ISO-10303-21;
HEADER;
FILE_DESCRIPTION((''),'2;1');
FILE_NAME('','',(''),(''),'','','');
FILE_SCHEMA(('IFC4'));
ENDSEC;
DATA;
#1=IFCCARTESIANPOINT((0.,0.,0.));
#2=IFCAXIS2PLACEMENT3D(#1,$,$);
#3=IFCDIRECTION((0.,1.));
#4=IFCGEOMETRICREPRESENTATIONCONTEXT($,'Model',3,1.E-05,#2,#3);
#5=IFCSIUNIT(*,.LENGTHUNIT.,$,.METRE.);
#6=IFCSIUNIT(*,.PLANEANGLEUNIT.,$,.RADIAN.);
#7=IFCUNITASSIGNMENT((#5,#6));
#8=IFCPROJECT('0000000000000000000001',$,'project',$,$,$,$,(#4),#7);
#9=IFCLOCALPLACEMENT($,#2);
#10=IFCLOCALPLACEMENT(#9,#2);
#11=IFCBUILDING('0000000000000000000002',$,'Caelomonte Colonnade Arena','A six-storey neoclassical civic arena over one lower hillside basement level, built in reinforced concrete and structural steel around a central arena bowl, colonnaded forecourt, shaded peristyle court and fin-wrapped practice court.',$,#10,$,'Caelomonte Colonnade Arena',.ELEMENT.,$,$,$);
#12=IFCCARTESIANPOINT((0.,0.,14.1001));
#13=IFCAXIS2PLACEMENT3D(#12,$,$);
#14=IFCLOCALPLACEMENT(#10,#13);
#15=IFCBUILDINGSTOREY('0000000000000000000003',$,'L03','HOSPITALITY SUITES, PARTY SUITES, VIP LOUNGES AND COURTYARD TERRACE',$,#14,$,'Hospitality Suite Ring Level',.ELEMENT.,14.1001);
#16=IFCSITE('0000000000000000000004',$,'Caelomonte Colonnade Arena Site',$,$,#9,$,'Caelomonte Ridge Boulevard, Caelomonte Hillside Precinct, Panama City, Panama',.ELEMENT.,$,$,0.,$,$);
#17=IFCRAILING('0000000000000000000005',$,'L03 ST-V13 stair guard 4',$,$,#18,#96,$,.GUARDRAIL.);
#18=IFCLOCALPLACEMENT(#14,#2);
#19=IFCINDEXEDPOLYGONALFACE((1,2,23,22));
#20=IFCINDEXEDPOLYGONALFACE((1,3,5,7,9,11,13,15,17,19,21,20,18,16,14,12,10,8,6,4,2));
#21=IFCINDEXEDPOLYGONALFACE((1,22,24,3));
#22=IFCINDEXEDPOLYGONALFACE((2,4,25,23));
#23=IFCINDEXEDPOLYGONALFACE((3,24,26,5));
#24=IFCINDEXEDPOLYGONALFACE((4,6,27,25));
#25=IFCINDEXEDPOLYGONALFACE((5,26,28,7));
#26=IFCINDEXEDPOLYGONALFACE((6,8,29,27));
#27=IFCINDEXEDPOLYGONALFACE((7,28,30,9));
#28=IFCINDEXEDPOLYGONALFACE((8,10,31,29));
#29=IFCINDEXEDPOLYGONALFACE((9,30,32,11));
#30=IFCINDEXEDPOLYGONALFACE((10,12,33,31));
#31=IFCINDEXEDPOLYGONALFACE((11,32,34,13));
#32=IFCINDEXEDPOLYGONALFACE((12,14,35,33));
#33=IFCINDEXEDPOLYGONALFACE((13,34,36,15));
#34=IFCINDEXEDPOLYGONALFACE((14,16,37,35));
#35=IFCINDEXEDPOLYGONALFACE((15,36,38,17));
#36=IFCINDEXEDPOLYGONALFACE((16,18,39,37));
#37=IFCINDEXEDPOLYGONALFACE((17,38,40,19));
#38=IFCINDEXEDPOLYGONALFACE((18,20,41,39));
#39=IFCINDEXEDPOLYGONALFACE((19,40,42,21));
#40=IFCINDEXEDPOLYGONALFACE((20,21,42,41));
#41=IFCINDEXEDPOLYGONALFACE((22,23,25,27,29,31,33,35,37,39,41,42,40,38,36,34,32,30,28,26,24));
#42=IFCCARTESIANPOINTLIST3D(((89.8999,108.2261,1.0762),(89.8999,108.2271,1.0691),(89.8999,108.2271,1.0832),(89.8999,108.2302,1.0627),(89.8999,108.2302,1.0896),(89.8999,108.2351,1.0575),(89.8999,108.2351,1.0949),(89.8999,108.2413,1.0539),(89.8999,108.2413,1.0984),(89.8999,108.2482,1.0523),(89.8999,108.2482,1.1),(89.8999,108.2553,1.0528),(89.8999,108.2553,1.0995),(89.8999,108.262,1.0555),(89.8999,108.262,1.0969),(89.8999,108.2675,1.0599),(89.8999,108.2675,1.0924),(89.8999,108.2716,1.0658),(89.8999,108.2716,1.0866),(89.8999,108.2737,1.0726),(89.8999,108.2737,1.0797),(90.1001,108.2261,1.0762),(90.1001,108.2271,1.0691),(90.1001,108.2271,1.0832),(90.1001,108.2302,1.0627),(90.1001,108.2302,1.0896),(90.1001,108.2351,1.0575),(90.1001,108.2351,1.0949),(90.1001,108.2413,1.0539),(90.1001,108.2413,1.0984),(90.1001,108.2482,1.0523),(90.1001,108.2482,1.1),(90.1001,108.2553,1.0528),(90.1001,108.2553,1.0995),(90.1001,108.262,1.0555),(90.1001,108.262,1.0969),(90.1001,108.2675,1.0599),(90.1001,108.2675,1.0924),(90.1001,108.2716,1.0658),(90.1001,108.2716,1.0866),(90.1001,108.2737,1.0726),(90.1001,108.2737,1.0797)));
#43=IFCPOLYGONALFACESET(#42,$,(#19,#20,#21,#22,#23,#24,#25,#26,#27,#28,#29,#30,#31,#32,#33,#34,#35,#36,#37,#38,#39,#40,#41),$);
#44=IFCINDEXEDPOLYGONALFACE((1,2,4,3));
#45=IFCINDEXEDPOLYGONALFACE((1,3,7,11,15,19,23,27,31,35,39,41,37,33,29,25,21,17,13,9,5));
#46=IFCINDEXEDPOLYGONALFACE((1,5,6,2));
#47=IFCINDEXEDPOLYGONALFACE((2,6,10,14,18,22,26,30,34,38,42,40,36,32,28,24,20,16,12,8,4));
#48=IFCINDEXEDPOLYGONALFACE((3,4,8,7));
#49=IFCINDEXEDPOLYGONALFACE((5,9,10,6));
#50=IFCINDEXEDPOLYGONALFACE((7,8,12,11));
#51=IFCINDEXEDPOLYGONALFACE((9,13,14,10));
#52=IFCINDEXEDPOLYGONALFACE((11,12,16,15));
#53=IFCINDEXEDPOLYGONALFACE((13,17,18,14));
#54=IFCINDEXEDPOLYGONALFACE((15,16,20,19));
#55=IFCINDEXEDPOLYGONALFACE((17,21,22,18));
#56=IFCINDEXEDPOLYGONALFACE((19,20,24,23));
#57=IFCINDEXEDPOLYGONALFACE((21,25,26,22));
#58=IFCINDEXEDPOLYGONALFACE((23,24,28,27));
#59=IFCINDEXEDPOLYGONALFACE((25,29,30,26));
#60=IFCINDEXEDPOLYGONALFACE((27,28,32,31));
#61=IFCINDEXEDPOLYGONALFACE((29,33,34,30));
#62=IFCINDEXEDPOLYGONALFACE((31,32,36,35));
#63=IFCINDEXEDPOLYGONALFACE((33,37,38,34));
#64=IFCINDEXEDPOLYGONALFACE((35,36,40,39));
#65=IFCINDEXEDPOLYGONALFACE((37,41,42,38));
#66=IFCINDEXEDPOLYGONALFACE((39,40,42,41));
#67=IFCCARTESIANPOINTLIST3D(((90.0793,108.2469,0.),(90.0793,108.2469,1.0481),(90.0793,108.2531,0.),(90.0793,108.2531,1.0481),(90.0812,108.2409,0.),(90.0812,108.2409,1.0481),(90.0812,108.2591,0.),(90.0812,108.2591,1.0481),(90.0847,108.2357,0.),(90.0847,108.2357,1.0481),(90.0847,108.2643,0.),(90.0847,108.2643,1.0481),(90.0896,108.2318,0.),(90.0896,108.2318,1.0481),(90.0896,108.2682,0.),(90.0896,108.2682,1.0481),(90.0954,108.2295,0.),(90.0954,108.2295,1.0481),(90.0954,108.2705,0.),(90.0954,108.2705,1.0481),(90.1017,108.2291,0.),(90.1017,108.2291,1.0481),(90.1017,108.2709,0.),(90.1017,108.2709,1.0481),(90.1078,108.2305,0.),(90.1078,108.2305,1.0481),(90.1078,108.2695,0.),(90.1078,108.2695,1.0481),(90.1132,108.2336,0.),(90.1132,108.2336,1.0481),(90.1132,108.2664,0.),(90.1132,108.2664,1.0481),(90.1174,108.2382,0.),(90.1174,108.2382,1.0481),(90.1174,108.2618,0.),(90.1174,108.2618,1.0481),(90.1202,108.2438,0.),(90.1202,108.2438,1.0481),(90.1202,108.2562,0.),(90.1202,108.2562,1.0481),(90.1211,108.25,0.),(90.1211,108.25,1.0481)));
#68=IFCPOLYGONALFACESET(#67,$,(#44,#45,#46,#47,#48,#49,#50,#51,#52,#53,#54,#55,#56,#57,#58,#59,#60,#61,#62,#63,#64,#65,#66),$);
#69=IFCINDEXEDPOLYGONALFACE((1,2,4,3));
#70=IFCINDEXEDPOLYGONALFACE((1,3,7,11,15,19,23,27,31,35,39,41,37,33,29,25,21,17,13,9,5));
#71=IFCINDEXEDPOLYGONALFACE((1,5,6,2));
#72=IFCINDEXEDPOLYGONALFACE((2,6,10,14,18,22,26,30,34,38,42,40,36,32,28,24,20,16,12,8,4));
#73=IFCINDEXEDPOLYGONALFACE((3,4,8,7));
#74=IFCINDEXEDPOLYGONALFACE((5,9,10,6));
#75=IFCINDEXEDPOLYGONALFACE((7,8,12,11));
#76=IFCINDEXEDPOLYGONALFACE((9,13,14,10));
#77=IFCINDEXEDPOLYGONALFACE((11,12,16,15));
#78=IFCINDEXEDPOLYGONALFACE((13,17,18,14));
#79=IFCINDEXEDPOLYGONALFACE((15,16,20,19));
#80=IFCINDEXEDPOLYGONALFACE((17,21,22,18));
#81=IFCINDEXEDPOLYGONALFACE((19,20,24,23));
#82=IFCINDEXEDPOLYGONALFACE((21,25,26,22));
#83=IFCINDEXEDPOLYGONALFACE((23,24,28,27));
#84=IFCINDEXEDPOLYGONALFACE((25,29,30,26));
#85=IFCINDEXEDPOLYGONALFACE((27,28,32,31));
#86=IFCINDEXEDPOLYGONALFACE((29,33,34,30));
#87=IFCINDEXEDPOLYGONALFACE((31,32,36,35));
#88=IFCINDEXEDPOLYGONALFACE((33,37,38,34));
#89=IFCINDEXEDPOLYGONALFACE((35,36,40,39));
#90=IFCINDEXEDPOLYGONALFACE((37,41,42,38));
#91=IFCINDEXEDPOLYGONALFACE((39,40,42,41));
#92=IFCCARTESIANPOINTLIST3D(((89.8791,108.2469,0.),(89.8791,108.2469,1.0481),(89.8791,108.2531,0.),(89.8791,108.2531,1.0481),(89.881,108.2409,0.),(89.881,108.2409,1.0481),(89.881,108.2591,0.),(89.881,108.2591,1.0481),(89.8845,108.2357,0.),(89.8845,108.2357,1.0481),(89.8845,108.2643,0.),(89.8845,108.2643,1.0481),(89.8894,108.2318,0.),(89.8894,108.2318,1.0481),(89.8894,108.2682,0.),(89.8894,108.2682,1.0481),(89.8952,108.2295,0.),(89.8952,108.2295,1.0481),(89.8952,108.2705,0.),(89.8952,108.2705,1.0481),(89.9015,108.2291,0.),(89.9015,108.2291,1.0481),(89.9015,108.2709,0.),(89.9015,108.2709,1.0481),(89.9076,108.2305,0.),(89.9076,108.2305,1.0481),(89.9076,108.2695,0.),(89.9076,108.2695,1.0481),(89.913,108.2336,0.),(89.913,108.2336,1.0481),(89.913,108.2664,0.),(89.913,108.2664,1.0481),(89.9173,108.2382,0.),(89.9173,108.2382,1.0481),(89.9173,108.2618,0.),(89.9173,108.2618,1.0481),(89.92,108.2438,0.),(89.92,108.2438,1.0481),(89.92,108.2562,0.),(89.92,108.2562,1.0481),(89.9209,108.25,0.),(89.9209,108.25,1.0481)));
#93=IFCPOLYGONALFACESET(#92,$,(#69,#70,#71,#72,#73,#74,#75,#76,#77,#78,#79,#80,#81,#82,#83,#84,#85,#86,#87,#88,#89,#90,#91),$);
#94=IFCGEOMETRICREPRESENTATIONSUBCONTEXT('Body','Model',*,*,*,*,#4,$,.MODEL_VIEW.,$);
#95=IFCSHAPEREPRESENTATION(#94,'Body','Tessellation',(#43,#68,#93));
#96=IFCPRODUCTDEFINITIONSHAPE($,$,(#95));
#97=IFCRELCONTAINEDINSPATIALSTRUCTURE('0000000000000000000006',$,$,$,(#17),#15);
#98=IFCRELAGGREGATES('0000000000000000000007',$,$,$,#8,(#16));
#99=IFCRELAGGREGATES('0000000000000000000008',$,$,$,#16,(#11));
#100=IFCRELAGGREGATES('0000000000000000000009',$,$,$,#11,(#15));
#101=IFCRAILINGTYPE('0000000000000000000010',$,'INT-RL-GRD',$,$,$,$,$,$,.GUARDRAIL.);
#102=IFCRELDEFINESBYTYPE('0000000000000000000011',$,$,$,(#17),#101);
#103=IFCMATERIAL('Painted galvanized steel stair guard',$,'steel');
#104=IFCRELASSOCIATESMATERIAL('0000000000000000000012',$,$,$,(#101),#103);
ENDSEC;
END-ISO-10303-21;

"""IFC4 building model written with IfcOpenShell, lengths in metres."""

from ifc_helpers import new_model, si_unit, direction, frame, origin, origin_2d, place, context, subcontext, project, spatial, circle, extrude, material, type_object, element, save


model = new_model("IFC4")

# Units and contexts
model_context = context("Model", 3, precision=1e-05, world=origin(), true_north=direction((0.0, 1.0)))
body_context = subcontext(model_context, "Body", "Model", "MODEL_VIEW")
ifc_project = project(units=[si_unit("LENGTHUNIT", "METRE"), si_unit("PLANEANGLEUNIT", "RADIAN")], contexts=[model_context])

# Site, building, storey
site_placement = place(None, origin())
site = spatial("IfcSite", under=ifc_project, at=site_placement, Name="Caelomonte Colonnade Arena Site", LongName="Caelomonte Ridge Boulevard, Caelomonte Hillside Precinct, Panama City, Panama", CompositionType="ELEMENT", RefElevation=0.0)
building_placement = place(site_placement, origin())
building = spatial("IfcBuilding", under=site, at=building_placement, Name="Caelomonte Colonnade Arena", Description="A six-storey neoclassical civic arena over one lower hillside basement level, built in reinforced concrete and structural steel around a central arena bowl, colonnaded forecourt, shaded peristyle court and fin-wrapped practice court.", LongName="Caelomonte Colonnade Arena", CompositionType="ELEMENT")
storey_placement = place(building_placement, frame((0.0, 0.0, 14.1001)))
storey = spatial("IfcBuildingStorey", under=building, at=storey_placement, Name="L03", Description="HOSPITALITY SUITES, PARTY SUITES, VIP LOUNGES AND COURTYARD TERRACE", LongName="Hospitality Suite Ring Level", CompositionType="ELEMENT", Elevation=14.1001)

# Railing
ifc_material_1 = material(Name="Painted galvanized steel stair guard", Category="steel")
railing_type_1 = type_object("IfcRailingType", Name="INT-RL-GRD", PredefinedType="GUARDRAIL", material=ifc_material_1)
railing_1_placement = place(storey_placement, frame((90.1001, 108.25, 0.0)))
element("IfcRailing", 1, at=railing_1_placement, inside=storey, type_object=railing_type_1, Name="L03 ST-V13 stair guard 4", PredefinedType="GUARDRAIL", context=body_context, shape_type="SweptSolid", body=[
    extrude(circle(Radius=0.0239, at=origin_2d()), frame((0.0, 0.0, 1.0762), z_axis=(-1.0, 0.0, 0.0), x_axis=(0.0, -1.0, 0.0)), (0.0, 0.0, 1.0), 0.2002),
    extrude(circle(Radius=0.021, at=origin_2d()), origin(), (0.0, 0.0, 1.0), 1.0481),
    extrude(circle(Radius=0.021, at=origin_2d()), frame((-0.2002, 0.0, 0.0)), (0.0, 0.0, 1.0), 1.0481),
])

save(model, "model.ifc")
